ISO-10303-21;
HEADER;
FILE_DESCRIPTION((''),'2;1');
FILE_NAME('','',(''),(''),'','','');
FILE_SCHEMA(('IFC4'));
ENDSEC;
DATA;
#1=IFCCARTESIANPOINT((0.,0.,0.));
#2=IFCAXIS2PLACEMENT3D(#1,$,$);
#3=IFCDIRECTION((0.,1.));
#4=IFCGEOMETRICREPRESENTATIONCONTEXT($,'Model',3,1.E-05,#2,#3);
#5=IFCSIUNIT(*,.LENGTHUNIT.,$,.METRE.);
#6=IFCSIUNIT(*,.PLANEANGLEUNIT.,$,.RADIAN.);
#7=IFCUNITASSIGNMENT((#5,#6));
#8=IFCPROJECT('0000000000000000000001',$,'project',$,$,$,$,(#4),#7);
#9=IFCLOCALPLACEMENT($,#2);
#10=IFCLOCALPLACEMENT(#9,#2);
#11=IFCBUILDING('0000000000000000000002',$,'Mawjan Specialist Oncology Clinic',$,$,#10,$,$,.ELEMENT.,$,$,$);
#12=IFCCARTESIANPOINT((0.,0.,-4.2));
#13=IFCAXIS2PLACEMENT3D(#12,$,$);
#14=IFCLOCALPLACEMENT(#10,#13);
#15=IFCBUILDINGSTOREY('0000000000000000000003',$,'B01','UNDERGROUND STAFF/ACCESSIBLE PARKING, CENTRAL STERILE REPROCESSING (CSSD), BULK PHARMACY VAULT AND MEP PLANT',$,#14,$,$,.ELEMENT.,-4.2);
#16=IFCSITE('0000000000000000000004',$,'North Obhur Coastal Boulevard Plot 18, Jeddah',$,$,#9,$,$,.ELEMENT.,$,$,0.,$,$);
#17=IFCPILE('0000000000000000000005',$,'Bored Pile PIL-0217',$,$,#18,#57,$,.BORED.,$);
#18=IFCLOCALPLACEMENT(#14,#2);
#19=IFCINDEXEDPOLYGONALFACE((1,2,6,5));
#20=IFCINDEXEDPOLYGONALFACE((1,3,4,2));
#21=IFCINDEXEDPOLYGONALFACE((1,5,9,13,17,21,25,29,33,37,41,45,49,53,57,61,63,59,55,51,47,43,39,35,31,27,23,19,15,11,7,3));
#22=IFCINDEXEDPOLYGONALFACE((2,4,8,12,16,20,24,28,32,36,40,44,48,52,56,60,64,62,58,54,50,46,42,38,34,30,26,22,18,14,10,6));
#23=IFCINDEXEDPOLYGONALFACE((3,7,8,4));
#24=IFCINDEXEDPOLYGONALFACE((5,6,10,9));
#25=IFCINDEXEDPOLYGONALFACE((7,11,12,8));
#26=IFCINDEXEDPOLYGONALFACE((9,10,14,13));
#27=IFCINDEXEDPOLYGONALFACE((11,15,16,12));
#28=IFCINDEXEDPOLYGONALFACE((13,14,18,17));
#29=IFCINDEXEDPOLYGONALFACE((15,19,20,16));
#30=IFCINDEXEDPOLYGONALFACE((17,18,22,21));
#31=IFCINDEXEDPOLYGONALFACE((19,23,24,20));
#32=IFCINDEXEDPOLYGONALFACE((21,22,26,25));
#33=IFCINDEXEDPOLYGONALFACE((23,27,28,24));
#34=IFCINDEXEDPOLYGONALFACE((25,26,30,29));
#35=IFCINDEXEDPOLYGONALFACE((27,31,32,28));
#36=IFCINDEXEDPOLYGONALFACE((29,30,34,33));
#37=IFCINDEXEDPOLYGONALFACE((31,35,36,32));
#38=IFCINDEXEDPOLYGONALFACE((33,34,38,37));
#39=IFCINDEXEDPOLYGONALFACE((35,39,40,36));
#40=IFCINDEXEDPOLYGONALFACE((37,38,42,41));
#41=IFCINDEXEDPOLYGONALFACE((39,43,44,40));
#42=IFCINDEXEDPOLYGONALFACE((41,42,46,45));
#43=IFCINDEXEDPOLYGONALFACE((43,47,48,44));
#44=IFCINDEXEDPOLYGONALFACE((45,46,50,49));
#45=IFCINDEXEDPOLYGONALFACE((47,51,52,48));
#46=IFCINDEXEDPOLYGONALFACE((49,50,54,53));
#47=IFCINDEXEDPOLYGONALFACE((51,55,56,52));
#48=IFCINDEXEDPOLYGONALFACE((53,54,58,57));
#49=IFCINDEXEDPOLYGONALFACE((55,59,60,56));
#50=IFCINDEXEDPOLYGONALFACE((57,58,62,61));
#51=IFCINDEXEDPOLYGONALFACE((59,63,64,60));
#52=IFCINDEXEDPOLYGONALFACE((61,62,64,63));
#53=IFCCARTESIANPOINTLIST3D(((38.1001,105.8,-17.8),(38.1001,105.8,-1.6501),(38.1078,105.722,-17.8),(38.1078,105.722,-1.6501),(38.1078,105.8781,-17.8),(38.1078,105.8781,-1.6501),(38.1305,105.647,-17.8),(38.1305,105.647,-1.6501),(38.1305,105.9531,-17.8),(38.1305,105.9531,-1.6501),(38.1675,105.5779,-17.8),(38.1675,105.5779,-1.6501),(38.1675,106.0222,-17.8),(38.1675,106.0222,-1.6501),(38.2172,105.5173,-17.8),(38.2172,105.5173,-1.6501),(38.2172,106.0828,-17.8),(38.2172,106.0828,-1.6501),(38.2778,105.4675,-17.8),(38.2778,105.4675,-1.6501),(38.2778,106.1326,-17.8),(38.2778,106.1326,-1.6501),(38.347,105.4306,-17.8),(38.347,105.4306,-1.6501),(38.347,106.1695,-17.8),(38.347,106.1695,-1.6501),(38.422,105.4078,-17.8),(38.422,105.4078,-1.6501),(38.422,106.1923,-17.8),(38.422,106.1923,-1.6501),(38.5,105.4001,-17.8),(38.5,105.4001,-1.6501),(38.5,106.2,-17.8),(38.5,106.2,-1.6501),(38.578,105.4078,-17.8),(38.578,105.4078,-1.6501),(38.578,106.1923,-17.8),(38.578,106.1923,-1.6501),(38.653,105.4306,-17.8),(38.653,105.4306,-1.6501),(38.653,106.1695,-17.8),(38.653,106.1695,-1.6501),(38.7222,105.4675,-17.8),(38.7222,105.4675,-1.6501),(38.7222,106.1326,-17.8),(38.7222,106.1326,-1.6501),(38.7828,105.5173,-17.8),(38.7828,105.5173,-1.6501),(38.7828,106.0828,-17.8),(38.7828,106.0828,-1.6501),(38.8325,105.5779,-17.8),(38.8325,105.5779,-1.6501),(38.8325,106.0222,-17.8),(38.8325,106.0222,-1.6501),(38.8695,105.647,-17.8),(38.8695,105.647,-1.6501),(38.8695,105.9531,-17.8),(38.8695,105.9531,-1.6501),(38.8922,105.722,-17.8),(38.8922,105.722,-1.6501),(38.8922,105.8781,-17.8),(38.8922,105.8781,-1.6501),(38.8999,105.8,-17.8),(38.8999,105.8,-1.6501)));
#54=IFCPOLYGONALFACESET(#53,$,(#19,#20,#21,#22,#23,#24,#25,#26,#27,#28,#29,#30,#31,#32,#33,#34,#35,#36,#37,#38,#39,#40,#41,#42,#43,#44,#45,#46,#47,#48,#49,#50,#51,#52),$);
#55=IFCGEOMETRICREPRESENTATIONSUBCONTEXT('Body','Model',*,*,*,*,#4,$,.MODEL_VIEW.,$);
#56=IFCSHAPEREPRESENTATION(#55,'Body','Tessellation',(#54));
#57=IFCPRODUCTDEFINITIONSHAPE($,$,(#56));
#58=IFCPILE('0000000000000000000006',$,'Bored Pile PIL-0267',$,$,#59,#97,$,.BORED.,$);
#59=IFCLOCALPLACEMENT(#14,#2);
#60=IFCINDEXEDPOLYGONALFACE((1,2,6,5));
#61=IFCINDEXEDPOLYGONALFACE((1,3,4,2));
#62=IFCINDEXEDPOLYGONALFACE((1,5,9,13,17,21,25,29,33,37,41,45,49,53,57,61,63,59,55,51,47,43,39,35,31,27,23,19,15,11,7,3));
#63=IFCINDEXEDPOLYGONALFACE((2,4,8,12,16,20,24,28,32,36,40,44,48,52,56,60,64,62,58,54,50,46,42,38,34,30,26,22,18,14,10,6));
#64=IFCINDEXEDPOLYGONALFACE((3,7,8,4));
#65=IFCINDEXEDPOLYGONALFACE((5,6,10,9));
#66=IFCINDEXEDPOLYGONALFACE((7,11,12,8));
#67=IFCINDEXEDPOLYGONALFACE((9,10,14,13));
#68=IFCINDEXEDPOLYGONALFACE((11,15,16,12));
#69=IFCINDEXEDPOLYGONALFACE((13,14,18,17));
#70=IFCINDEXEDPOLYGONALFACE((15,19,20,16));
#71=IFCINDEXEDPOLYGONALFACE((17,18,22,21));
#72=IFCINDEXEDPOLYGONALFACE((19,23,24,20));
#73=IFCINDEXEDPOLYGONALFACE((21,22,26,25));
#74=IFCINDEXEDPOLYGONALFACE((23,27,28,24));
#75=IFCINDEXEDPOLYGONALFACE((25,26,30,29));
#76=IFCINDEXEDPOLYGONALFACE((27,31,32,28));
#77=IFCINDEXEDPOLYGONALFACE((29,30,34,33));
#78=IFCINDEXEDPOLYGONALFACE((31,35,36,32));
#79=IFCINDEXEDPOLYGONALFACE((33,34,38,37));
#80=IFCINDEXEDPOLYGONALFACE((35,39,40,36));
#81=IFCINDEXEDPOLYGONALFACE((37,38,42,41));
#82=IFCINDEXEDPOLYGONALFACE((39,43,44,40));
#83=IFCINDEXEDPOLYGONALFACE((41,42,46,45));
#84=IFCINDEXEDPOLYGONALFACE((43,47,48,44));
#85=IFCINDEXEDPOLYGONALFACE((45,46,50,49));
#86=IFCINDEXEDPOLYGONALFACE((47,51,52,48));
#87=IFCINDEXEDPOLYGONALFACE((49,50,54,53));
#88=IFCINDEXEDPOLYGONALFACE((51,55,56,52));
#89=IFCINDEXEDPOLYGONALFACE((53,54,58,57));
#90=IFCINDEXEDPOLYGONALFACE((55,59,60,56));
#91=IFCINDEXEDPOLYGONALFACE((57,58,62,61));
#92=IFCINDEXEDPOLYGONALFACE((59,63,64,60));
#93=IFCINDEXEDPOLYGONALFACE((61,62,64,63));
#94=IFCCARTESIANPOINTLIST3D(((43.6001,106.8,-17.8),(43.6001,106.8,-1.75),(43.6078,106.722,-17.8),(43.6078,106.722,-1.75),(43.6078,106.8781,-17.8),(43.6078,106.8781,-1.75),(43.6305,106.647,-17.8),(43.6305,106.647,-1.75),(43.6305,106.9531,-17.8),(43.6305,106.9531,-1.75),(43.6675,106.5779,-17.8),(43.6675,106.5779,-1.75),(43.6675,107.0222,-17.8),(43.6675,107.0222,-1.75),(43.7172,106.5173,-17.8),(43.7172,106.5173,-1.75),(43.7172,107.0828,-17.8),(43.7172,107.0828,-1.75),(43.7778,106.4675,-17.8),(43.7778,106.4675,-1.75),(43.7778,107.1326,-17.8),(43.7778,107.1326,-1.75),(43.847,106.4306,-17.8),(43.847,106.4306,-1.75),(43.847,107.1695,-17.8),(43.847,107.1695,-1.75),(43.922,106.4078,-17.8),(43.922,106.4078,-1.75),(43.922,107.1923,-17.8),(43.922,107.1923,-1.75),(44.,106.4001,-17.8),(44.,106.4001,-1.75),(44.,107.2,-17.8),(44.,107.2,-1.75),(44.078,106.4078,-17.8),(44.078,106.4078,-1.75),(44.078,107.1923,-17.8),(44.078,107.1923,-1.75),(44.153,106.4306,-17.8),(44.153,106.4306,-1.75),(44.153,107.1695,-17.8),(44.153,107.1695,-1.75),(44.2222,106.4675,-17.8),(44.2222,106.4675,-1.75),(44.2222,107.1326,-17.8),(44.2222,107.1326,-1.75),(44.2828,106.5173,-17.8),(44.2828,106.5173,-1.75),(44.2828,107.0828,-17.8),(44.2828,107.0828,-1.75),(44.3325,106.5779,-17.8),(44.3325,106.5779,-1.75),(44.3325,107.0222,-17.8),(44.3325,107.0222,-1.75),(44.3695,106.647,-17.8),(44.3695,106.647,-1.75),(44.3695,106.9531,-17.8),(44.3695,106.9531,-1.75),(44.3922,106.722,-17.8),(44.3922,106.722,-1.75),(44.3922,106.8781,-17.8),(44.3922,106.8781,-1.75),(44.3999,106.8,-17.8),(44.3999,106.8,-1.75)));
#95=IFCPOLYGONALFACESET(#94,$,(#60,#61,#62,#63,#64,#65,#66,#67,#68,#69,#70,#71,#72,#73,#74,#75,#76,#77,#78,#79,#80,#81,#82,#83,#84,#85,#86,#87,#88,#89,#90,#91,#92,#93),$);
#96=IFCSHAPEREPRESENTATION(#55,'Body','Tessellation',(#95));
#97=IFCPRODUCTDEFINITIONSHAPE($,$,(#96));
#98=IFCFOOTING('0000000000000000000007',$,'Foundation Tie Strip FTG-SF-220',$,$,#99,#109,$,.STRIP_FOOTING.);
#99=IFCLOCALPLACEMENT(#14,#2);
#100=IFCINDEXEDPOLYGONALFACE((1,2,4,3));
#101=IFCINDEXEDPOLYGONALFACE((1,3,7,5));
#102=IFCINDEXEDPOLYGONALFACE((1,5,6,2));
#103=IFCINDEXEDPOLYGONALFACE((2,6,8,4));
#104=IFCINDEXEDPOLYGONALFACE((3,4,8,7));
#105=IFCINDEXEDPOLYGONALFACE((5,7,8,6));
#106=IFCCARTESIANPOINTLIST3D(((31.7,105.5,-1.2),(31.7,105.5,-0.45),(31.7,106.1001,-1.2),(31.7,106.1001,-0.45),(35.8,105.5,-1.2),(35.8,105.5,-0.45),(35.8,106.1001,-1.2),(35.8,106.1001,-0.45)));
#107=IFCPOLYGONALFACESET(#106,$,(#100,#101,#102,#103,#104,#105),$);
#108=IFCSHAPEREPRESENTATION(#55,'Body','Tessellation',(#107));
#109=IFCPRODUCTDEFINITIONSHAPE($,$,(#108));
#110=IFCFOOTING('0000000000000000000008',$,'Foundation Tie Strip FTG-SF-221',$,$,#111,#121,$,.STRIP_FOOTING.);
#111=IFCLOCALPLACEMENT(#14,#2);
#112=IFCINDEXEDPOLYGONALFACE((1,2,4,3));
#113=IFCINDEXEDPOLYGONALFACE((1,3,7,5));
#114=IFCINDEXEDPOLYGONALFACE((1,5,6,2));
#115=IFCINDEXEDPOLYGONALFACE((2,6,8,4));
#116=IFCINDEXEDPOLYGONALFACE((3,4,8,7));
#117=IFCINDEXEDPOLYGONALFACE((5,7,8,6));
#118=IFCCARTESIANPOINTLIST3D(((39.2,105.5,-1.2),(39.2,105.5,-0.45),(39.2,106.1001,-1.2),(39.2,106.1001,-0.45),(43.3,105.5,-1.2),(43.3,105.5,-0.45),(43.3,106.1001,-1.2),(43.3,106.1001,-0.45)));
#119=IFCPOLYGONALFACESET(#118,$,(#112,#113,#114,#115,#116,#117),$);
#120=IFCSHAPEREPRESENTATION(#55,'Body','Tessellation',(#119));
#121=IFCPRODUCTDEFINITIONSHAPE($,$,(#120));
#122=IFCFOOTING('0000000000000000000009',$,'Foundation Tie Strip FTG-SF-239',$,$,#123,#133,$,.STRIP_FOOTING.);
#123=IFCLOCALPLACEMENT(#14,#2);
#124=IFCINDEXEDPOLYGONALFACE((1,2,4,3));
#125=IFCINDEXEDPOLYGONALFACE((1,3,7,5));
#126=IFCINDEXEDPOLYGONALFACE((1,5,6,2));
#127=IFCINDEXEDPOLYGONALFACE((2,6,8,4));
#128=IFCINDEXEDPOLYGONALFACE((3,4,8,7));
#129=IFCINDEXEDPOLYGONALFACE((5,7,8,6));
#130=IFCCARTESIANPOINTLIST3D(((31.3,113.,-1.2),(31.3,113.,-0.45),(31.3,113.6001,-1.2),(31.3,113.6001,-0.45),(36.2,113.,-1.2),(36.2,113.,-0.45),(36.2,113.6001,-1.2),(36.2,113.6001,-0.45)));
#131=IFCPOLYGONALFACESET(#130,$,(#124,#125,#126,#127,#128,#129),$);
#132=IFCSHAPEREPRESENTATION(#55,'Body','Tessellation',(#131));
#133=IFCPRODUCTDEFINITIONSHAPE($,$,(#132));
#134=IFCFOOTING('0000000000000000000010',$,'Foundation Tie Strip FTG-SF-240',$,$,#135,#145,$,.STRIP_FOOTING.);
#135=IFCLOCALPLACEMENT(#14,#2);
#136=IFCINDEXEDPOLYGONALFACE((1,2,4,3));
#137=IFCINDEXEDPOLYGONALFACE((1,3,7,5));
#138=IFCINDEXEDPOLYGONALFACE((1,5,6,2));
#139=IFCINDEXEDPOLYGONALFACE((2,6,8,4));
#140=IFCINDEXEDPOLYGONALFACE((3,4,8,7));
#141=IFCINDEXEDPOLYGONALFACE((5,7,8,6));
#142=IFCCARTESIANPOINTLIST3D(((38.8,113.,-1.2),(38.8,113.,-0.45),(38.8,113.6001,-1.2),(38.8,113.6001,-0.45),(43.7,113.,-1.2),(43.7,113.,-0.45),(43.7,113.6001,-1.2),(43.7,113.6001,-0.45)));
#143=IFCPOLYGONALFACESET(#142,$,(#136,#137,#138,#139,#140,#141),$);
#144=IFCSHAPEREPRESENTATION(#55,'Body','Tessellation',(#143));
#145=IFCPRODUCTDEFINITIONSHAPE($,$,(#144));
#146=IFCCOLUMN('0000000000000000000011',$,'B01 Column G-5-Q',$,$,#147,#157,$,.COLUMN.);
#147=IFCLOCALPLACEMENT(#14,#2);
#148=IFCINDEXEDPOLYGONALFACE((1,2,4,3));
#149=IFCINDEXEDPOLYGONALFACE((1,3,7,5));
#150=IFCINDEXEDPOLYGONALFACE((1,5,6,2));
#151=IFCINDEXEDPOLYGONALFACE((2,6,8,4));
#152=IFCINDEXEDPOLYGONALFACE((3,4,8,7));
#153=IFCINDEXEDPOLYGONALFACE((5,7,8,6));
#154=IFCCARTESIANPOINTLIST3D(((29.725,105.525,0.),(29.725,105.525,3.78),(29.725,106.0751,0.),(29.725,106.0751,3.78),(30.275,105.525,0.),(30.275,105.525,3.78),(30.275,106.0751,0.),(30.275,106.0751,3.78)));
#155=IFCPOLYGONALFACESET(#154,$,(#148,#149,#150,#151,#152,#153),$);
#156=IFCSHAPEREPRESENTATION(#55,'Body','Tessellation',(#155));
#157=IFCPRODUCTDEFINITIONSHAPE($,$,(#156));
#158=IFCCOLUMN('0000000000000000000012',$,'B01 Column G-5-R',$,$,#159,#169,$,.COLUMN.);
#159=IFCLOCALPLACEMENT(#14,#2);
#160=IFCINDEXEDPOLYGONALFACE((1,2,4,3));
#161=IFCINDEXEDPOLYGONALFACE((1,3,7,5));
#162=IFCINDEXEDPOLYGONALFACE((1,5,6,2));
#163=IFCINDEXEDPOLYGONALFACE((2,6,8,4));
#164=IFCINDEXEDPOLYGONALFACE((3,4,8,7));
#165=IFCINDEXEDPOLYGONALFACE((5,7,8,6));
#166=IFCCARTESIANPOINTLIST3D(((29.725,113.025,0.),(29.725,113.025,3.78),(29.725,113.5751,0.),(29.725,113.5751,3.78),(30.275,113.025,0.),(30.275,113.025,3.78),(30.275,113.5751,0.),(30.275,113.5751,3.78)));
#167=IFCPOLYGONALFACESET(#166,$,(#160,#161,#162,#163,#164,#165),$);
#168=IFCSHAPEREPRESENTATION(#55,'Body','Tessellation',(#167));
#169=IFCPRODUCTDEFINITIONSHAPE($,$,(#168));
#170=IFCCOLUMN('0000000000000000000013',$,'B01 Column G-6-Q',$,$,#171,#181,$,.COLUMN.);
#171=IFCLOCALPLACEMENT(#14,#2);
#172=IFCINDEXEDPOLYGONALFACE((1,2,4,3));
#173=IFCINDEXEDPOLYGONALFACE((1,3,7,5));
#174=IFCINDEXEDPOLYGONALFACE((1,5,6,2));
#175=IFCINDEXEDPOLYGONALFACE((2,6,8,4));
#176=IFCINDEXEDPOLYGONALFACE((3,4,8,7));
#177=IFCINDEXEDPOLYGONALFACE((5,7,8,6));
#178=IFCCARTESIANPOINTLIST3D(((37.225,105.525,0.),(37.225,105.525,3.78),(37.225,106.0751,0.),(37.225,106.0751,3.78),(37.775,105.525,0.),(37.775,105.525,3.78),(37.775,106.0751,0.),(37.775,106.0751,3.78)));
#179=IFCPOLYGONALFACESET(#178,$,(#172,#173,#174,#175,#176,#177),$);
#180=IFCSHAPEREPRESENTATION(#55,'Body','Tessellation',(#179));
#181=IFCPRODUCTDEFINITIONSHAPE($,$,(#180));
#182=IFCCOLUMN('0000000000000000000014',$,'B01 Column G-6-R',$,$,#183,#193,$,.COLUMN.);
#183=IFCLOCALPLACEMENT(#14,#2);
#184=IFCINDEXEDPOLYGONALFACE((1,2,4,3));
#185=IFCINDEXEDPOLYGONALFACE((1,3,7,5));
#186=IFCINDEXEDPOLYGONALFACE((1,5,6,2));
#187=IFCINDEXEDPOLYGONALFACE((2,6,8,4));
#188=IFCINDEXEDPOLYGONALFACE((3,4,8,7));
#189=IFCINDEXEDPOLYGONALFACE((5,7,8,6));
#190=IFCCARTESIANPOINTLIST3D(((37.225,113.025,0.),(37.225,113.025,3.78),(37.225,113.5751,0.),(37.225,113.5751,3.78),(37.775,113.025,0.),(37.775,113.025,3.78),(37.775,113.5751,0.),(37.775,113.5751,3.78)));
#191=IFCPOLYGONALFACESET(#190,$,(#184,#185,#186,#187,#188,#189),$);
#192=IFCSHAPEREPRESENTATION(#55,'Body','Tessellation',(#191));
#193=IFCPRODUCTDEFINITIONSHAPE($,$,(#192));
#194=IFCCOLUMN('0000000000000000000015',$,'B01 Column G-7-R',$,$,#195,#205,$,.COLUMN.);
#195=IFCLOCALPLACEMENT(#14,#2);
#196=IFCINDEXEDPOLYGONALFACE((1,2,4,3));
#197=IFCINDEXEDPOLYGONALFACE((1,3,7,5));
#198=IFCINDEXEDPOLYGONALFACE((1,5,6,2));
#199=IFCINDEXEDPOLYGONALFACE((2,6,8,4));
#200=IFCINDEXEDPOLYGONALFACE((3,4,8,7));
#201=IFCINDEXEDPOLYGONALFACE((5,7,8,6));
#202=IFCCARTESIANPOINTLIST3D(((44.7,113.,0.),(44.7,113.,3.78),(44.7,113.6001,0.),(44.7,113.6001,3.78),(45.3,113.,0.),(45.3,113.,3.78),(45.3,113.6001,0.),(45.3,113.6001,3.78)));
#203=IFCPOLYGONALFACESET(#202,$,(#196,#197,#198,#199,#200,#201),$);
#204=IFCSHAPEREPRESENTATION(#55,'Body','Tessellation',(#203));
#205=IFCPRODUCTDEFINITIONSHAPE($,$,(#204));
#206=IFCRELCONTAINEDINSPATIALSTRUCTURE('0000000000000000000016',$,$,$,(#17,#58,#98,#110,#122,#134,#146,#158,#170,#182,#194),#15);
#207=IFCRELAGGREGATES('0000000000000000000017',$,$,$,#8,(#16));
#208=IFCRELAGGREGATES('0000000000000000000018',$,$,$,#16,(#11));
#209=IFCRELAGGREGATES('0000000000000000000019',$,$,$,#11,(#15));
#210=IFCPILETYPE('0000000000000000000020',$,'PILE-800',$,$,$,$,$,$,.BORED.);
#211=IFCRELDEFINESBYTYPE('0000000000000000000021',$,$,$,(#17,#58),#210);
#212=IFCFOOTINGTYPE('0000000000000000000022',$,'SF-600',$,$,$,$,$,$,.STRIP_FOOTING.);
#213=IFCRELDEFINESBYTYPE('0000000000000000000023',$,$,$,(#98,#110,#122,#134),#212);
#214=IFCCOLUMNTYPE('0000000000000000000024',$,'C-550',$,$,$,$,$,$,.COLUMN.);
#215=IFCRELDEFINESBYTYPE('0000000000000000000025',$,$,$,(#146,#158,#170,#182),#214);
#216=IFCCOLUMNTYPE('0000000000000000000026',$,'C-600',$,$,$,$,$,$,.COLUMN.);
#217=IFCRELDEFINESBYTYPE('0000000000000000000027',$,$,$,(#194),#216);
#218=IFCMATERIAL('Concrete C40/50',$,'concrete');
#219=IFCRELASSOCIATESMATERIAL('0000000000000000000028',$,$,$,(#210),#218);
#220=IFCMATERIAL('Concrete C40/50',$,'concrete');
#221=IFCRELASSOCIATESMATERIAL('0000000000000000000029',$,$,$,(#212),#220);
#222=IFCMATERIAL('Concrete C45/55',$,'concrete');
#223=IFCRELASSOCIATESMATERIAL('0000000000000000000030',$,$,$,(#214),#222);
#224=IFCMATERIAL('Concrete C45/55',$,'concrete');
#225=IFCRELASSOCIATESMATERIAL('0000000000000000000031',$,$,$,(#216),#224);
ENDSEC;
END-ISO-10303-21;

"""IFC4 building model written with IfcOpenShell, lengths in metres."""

from ifc_helpers import new_model, si_unit, direction, frame, origin, origin_2d, place, context, subcontext, project, spatial, rectangle, circle, extrude, material, material_profile, profile_set, type_object, element, save


model = new_model("IFC4")

# Units and contexts
model_context = context("Model", 3, precision=1e-05, world=origin(), true_north=direction((0.0, 1.0)))
body_context = subcontext(model_context, "Body", "Model", "MODEL_VIEW")
ifc_project = project(units=[si_unit("LENGTHUNIT", "METRE"), si_unit("PLANEANGLEUNIT", "RADIAN")], contexts=[model_context])

# Site, building, storey
site_placement = place(None, origin())
site = spatial("IfcSite", under=ifc_project, at=site_placement, Name="North Obhur Coastal Boulevard Plot 18, Jeddah", CompositionType="ELEMENT", RefElevation=0.0)
building_placement = place(site_placement, origin())
building = spatial("IfcBuilding", under=site, at=building_placement, Name="Mawjan Specialist Oncology Clinic", CompositionType="ELEMENT")
storey_placement = place(building_placement, frame((0.0, 0.0, -4.2)))
storey = spatial("IfcBuildingStorey", under=building, at=storey_placement, Name="B01", Description="UNDERGROUND STAFF/ACCESSIBLE PARKING, CENTRAL STERILE REPROCESSING (CSSD), BULK PHARMACY VAULT AND MEP PLANT", CompositionType="ELEMENT", Elevation=-4.2)

# Piles
ifc_material_1 = material(Name="Concrete C40/50", Category="concrete")
ifc_material_profile_1 = material_profile(ifc_material_1, circle(Radius=0.3999, at=origin_2d()), Name="BORED PILE D800", Category="concrete")
ifc_profile_set_1 = profile_set([ifc_material_profile_1], Name="Concrete C40/50")
pile_type_1 = type_object("IfcPileType", Name="PILE-800", PredefinedType="BORED", material=ifc_profile_set_1)
for number, where, z_axis, x_axis, name in (
    (1, (38.5, 105.8, -1.6501), (0.0, 0.0, -1.0), (1.0, 0.0, 0.0), "Bored Pile PIL-0217"),
):
    element("IfcPile", number, at=place(storey_placement, frame(where, z_axis=z_axis, x_axis=x_axis)), inside=storey, type_object=pile_type_1, Name=name, PredefinedType="BORED", context=body_context, shape_type="SweptSolid", body=[
        extrude(circle(Radius=0.3999, at=origin_2d()), origin(), (0.0, 0.0, 1.0), 16.1499),
    ])
pile_placement = place(storey_placement, frame((44.0, 106.8, -1.75), z_axis=(0.0, 0.0, -1.0), x_axis=(1.0, 0.0, 0.0)))
element("IfcPile", 2, at=pile_placement, inside=storey, type_object=pile_type_1, Name="Bored Pile PIL-0267", PredefinedType="BORED", context=body_context, shape_type="SweptSolid", body=[
    extrude(circle(Radius=0.3999, at=origin_2d()), origin(), (0.0, 0.0, 1.0), 16.05),
])

# Footings
ifc_material_2 = material(Name="Concrete C40/50", Category="concrete")
footing_type_1 = type_object("IfcFootingType", Name="SF-600", PredefinedType="STRIP_FOOTING", material=ifc_material_2)
for number, where, z_axis, x_axis, name in (
    (3, (33.75, 105.8, -1.2), (0.0, 0.0, 1.0), (1.0, 0.0, 0.0), "Foundation Tie Strip FTG-SF-220"),
    (4, (41.25, 105.8, -1.2), (0.0, 0.0, 1.0), (1.0, 0.0, 0.0), "Foundation Tie Strip FTG-SF-221"),
):
    element("IfcFooting", number, at=place(storey_placement, frame(where, z_axis=z_axis, x_axis=x_axis)), inside=storey, type_object=footing_type_1, Name=name, PredefinedType="STRIP_FOOTING", context=body_context, shape_type="SweptSolid", body=[
        extrude(rectangle(XDim=4.1001, YDim=0.6001, at=origin_2d()), origin(), (0.0, 0.0, 1.0), 0.75),
    ])
for number, where, z_axis, x_axis, name in (
    (5, (33.75, 113.3, -1.2), (0.0, 0.0, 1.0), (1.0, 0.0, 0.0), "Foundation Tie Strip FTG-SF-239"),
    (6, (41.25, 113.3, -1.2), (0.0, 0.0, 1.0), (1.0, 0.0, 0.0), "Foundation Tie Strip FTG-SF-240"),
):
    element("IfcFooting", number, at=place(storey_placement, frame(where, z_axis=z_axis, x_axis=x_axis)), inside=storey, type_object=footing_type_1, Name=name, PredefinedType="STRIP_FOOTING", context=body_context, shape_type="SweptSolid", body=[
        extrude(rectangle(XDim=4.8999, YDim=0.6001, at=origin_2d()), origin(), (0.0, 0.0, 1.0), 0.75),
    ])

# Columns
ifc_material_3 = material(Name="Concrete C45/55", Category="concrete")
ifc_material_profile_2 = material_profile(ifc_material_3, rectangle(XDim=0.55, YDim=0.55, at=origin_2d()), Name="RC COL 550x550", Category="concrete")
ifc_profile_set_2 = profile_set([ifc_material_profile_2], Name="Concrete C45/55")
column_type_1 = type_object("IfcColumnType", Name="C-550", PredefinedType="COLUMN", material=ifc_profile_set_2)
for number, where, z_axis, x_axis, name in (
    (7, (30.0, 105.8, 0.0), (0.0, 0.0, 1.0), (1.0, 0.0, 0.0), "B01 Column G-5-Q"),
    (8, (30.0, 113.3, 0.0), (0.0, 0.0, 1.0), (1.0, 0.0, 0.0), "B01 Column G-5-R"),
    (9, (37.5, 105.8, 0.0), (0.0, 0.0, 1.0), (1.0, 0.0, 0.0), "B01 Column G-6-Q"),
    (10, (37.5, 113.3, 0.0), (0.0, 0.0, 1.0), (1.0, 0.0, 0.0), "B01 Column G-6-R"),
):
    element("IfcColumn", number, at=place(storey_placement, frame(where, z_axis=z_axis, x_axis=x_axis)), inside=storey, type_object=column_type_1, Name=name, PredefinedType="COLUMN", context=body_context, shape_type="SweptSolid", body=[
        extrude(rectangle(XDim=0.55, YDim=0.55, at=origin_2d()), origin(), (0.0, 0.0, 1.0), 3.78),
    ])
ifc_material_4 = material(Name="Concrete C45/55", Category="concrete")
ifc_material_profile_3 = material_profile(ifc_material_4, rectangle(XDim=0.6001, YDim=0.6001, at=origin_2d()), Name="RC COL 600x600", Category="concrete")
ifc_profile_set_3 = profile_set([ifc_material_profile_3], Name="Concrete C45/55")
column_type_2 = type_object("IfcColumnType", Name="C-600", PredefinedType="COLUMN", material=ifc_profile_set_3)
column_1_placement = place(storey_placement, frame((45.0, 113.3, 0.0), z_axis=(0.0, 0.0, 1.0), x_axis=(1.0, 0.0, 0.0)))
element("IfcColumn", 11, at=column_1_placement, inside=storey, type_object=column_type_2, Name="B01 Column G-7-R", PredefinedType="COLUMN", context=body_context, shape_type="SweptSolid", body=[
    extrude(rectangle(XDim=0.6001, YDim=0.6001, at=origin_2d()), origin(), (0.0, 0.0, 1.0), 3.78),
])

save(model, "model.ifc")
